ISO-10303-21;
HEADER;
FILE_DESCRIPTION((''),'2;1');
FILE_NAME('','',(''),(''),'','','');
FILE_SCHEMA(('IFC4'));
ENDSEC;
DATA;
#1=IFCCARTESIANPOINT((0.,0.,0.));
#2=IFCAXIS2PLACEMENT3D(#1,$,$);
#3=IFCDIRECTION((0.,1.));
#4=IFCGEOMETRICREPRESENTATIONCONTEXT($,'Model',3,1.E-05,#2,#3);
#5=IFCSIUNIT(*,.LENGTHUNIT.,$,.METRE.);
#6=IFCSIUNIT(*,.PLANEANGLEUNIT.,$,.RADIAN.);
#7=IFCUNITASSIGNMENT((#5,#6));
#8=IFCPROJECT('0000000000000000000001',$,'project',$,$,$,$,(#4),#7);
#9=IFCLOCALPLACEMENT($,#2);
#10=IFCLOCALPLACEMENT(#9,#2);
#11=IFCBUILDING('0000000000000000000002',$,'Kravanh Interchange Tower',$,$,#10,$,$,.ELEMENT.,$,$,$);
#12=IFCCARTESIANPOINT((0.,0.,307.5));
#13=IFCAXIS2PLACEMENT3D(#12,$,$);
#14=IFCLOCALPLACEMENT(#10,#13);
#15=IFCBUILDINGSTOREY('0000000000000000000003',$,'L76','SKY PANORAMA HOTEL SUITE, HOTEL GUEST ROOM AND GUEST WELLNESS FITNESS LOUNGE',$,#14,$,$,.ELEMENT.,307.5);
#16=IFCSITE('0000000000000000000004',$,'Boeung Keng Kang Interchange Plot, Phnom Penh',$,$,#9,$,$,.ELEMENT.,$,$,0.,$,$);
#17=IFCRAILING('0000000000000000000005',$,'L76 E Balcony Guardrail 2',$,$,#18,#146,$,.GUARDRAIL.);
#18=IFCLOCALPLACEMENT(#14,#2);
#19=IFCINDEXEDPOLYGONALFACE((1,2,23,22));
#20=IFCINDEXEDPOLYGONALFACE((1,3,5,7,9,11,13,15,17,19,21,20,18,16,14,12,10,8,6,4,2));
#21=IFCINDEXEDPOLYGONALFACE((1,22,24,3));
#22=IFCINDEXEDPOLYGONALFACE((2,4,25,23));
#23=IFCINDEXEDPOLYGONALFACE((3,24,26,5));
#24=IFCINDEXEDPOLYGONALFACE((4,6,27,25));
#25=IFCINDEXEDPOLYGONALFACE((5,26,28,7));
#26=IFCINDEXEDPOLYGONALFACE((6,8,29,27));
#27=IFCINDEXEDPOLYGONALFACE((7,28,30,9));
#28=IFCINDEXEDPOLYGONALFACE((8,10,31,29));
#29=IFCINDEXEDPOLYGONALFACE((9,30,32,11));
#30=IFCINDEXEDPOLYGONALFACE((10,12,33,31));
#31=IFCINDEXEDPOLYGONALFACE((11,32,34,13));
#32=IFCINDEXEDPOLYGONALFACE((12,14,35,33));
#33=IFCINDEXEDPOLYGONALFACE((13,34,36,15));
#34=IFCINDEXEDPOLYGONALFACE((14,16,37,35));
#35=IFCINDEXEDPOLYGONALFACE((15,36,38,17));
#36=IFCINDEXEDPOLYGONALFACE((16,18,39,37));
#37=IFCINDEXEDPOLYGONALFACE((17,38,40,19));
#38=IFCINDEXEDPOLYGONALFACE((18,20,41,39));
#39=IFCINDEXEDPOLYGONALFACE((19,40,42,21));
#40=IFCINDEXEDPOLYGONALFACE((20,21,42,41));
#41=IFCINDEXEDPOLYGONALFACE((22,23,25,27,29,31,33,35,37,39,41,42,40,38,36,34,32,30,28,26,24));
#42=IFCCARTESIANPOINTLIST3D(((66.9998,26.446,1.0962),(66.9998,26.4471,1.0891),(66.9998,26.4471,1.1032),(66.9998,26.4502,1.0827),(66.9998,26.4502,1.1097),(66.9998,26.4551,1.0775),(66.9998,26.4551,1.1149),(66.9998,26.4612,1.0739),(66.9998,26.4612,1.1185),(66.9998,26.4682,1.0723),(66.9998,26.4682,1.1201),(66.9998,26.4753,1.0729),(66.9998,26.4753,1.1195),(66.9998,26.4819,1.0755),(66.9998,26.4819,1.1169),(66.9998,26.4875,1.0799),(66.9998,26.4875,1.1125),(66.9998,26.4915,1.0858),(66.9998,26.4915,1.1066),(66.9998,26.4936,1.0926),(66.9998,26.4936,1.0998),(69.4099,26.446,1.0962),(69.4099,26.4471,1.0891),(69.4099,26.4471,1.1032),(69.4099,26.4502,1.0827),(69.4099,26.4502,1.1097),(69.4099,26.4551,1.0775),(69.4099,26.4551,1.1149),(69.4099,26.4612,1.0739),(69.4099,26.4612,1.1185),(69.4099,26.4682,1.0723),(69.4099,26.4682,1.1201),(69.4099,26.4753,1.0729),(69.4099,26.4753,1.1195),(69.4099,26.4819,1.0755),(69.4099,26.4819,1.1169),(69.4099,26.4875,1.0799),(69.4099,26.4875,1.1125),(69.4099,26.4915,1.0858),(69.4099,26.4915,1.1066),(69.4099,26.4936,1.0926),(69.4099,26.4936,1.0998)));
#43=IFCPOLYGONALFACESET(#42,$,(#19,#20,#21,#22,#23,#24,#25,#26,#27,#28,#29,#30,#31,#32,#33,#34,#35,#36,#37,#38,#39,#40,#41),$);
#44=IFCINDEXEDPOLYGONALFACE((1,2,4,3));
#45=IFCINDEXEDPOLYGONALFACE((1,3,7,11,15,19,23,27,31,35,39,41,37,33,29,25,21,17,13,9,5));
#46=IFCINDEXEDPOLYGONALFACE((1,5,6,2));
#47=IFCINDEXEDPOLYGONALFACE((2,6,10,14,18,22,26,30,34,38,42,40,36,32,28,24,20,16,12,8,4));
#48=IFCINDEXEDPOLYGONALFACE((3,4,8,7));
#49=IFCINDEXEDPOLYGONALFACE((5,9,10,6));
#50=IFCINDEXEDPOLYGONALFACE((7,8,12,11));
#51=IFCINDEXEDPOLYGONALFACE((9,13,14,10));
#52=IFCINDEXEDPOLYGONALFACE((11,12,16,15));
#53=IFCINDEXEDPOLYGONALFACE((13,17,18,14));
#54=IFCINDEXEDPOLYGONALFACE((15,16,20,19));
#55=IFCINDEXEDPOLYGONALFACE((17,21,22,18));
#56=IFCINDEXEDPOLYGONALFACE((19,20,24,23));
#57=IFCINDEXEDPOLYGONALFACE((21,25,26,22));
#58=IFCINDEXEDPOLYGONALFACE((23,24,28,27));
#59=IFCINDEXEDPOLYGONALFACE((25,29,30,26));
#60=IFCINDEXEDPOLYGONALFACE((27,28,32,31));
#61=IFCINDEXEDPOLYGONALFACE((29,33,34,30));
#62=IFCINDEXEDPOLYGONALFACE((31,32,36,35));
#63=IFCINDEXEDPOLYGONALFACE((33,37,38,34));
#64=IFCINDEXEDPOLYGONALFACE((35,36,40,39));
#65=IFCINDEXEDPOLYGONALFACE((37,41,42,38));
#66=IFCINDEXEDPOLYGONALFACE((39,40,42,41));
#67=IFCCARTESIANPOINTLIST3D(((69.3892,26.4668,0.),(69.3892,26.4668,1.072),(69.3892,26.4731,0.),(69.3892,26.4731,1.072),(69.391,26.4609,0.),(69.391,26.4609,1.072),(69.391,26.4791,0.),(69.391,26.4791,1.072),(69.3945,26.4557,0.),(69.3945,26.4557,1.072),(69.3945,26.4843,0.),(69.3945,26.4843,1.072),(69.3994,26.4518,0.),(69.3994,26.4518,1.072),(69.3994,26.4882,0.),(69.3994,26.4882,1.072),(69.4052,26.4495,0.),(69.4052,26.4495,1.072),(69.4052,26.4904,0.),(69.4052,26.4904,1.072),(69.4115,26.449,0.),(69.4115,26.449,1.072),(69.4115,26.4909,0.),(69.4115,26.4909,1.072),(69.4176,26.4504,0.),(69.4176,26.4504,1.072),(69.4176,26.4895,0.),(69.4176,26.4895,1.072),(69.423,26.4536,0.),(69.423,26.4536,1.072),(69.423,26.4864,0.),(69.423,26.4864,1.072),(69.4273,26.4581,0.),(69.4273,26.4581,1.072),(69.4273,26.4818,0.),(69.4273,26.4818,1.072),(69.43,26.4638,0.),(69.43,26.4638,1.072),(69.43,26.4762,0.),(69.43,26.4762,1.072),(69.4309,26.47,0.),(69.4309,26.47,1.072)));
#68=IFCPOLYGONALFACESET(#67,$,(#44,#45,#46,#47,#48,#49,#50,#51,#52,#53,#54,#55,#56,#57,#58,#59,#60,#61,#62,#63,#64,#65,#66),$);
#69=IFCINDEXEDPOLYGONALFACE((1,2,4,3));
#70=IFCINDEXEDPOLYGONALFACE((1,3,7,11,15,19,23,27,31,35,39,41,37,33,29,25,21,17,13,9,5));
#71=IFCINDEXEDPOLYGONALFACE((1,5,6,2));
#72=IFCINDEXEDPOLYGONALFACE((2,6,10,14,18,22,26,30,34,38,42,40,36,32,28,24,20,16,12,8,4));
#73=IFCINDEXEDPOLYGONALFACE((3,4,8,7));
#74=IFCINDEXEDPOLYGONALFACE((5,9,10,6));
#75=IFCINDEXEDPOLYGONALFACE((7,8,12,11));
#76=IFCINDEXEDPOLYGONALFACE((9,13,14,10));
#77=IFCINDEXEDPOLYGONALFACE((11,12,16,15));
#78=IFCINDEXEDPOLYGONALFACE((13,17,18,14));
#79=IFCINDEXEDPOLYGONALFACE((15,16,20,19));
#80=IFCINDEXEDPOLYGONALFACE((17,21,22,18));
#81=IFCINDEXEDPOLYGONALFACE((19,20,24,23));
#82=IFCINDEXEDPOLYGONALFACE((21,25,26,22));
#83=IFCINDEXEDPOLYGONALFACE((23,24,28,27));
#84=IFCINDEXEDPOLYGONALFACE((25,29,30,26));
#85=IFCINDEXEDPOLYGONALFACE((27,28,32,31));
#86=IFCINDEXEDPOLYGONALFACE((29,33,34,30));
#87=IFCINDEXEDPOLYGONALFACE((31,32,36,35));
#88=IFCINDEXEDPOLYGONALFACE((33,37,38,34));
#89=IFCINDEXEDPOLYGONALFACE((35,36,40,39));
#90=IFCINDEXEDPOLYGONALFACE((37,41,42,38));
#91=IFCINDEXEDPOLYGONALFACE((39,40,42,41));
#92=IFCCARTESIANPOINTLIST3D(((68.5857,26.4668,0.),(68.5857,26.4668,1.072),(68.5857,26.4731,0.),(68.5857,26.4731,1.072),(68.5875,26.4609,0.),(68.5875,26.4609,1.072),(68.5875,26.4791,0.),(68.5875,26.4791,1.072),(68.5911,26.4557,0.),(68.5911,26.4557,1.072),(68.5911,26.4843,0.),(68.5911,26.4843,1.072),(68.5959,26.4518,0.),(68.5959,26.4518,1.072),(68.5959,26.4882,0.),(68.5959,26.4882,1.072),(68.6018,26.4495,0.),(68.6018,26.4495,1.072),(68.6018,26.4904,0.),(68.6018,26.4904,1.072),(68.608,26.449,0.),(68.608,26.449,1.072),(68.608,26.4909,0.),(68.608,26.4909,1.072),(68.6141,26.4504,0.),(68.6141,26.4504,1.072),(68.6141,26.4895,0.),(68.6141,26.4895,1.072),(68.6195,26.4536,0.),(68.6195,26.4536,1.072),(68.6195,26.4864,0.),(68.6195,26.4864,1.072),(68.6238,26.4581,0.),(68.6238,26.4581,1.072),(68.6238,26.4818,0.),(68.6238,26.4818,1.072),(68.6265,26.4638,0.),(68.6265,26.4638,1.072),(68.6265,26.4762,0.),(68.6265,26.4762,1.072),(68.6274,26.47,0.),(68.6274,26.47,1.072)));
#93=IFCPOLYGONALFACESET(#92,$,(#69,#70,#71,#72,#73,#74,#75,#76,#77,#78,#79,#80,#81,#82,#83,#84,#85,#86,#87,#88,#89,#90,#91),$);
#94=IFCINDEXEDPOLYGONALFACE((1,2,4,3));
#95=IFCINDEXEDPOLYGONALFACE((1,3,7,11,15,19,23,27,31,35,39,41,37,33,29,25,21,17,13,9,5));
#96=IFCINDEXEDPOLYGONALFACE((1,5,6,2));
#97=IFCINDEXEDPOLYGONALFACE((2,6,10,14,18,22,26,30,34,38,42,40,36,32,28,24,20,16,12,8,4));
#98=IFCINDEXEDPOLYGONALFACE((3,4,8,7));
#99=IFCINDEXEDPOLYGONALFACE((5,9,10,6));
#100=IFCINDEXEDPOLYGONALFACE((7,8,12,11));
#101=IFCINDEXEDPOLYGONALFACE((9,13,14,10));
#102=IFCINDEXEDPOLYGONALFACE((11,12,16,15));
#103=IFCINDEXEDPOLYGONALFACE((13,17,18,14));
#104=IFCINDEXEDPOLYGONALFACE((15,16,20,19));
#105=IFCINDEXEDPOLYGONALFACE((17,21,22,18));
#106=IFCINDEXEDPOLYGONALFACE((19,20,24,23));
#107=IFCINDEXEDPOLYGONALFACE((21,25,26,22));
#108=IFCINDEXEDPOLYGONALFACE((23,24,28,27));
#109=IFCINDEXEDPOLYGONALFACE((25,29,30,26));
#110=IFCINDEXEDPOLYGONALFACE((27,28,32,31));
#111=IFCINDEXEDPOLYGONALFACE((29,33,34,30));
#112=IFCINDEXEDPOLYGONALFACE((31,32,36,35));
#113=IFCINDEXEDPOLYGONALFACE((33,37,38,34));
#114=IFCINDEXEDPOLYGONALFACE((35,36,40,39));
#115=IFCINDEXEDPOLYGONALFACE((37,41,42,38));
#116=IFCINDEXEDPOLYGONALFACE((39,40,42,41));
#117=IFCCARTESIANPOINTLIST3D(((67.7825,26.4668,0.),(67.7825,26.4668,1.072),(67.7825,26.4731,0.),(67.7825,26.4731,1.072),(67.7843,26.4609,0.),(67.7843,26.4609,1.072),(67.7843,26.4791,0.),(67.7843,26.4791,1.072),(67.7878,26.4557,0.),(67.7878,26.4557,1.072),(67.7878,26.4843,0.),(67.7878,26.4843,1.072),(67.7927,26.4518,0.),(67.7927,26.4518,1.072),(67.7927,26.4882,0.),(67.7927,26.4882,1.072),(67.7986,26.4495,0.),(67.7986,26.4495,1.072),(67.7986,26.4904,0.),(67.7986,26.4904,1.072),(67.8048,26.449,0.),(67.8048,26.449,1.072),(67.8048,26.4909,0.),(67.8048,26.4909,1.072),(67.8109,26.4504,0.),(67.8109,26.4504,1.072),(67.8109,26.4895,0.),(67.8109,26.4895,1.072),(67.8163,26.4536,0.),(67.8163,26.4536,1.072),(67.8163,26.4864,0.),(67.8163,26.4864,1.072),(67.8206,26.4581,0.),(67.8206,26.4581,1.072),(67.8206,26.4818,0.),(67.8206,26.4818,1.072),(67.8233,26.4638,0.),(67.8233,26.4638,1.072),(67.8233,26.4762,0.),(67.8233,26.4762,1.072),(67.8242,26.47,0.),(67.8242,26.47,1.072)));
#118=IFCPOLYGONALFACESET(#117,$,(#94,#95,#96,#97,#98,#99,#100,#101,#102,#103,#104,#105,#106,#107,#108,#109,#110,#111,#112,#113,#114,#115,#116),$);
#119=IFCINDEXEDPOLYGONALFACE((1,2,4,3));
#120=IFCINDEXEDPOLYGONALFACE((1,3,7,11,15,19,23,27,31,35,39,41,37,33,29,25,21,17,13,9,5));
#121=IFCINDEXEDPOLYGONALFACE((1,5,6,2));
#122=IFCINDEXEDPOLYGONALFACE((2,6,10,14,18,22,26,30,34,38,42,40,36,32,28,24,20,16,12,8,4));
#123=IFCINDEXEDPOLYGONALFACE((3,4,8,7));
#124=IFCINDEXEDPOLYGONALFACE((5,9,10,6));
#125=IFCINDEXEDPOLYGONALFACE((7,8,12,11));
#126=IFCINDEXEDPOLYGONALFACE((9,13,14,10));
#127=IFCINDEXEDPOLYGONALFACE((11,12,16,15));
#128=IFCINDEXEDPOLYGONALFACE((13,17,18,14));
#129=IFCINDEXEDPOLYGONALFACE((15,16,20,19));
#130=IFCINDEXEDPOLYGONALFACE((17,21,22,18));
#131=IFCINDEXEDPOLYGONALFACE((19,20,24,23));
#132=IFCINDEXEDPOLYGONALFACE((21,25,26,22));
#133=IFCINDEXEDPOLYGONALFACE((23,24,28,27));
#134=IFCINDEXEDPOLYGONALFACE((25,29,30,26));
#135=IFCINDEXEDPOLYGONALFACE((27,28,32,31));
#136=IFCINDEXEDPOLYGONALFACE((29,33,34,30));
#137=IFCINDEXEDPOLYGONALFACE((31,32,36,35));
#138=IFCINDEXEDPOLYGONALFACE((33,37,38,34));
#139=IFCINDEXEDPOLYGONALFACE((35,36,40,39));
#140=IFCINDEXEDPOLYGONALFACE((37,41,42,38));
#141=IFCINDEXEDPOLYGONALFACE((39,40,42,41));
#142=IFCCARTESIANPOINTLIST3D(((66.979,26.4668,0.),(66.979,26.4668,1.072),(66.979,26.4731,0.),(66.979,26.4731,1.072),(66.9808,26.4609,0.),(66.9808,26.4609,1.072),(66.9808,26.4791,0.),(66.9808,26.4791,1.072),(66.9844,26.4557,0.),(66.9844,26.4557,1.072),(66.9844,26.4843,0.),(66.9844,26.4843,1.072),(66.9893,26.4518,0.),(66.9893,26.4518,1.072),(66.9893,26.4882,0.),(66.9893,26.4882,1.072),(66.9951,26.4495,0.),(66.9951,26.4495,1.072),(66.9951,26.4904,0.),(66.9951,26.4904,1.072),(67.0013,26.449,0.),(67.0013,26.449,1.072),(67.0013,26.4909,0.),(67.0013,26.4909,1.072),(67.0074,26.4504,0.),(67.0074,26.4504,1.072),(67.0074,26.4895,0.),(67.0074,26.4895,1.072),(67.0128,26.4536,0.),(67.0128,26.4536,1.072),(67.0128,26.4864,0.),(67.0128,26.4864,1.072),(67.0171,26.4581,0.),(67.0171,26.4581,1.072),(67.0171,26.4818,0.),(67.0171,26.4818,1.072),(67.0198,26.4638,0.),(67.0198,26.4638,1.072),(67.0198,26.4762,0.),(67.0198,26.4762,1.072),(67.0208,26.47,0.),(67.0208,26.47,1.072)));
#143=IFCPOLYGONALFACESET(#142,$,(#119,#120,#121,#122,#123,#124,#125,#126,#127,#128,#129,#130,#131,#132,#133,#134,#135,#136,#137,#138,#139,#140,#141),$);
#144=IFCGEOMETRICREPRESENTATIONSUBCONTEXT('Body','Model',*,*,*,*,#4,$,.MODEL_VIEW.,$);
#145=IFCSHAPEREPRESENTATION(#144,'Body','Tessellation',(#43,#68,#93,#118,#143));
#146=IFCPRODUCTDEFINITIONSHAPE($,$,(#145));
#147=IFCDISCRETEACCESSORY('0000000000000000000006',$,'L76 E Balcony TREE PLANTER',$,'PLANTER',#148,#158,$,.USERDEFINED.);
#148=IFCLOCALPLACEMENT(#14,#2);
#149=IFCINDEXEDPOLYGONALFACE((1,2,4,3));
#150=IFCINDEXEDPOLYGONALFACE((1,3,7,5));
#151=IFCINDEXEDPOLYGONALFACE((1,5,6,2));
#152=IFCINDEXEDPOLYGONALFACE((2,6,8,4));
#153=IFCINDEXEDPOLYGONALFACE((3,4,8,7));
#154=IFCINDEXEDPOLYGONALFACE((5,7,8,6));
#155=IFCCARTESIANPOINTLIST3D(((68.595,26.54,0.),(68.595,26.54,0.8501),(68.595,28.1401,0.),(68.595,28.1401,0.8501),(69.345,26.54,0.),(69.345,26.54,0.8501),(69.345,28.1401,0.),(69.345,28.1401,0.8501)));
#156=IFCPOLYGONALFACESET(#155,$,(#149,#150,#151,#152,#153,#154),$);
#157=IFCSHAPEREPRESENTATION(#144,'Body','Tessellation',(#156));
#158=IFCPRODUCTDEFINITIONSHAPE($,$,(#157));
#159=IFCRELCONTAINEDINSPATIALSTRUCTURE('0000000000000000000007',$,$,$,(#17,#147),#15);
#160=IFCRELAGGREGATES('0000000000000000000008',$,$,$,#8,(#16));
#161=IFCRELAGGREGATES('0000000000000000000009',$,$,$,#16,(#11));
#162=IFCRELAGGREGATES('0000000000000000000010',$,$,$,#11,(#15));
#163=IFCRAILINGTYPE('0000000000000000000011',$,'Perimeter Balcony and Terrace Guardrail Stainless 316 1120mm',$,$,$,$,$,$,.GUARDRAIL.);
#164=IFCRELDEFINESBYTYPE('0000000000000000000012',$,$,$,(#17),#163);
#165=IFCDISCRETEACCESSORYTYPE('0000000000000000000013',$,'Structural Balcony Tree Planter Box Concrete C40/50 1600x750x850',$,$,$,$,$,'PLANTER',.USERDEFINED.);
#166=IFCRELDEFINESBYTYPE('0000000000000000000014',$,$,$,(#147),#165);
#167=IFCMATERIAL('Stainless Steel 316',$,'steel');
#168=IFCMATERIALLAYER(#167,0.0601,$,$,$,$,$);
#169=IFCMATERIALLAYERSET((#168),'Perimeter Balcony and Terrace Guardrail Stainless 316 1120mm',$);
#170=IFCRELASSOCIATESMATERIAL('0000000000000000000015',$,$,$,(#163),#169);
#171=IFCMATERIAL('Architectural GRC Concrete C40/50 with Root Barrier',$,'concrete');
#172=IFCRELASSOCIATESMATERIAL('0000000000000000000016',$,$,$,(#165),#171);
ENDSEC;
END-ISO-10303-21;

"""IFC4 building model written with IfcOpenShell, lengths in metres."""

from ifc_helpers import new_model, si_unit, direction, frame, origin, origin_2d, place, context, subcontext, project, spatial, rectangle, circle, extrude, material, layer, layer_set, type_object, element, save


model = new_model("IFC4")

# Units and contexts
model_context = context("Model", 3, precision=1e-05, world=origin(), true_north=direction((0.0, 1.0)))
body_context = subcontext(model_context, "Body", "Model", "MODEL_VIEW")
ifc_project = project(units=[si_unit("LENGTHUNIT", "METRE"), si_unit("PLANEANGLEUNIT", "RADIAN")], contexts=[model_context])

# Site, building, storey
site_placement = place(None, origin())
site = spatial("IfcSite", under=ifc_project, at=site_placement, Name="Boeung Keng Kang Interchange Plot, Phnom Penh", CompositionType="ELEMENT", RefElevation=0.0)
building_placement = place(site_placement, origin())
building = spatial("IfcBuilding", under=site, at=building_placement, Name="Kravanh Interchange Tower", CompositionType="ELEMENT")
storey_placement = place(building_placement, frame((0.0, 0.0, 307.5)))
storey = spatial("IfcBuildingStorey", under=building, at=storey_placement, Name="L76", Description="SKY PANORAMA HOTEL SUITE, HOTEL GUEST ROOM AND GUEST WELLNESS FITNESS LOUNGE", CompositionType="ELEMENT", Elevation=307.5)

# Railing
ifc_material_1 = material(Name="Stainless Steel 316", Category="steel")
ifc_layer_1 = layer(ifc_material_1, 0.0601)
ifc_layer_set_1 = layer_set([ifc_layer_1], Name="Perimeter Balcony and Terrace Guardrail Stainless 316 1120mm")
railing_type = type_object("IfcRailingType", Name="Perimeter Balcony and Terrace Guardrail Stainless 316 1120mm", PredefinedType="GUARDRAIL", material=ifc_layer_set_1)
railing_placement = place(storey_placement, frame((69.4099, 26.47, 0.0)))
element("IfcRailing", 1, at=railing_placement, inside=storey, type_object=railing_type, Name="L76 E Balcony Guardrail 2", PredefinedType="GUARDRAIL", context=body_context, shape_type="SweptSolid", body=[
    extrude(circle(Radius=0.0239, at=origin_2d()), frame((0.0, 0.0, 1.0962), z_axis=(-1.0, 0.0, 0.0), x_axis=(0.0, -1.0, 0.0)), (0.0, 0.0, 1.0), 2.4102),
    extrude(circle(Radius=0.021, at=origin_2d()), origin(), (0.0, 0.0, 1.0), 1.072),
    extrude(circle(Radius=0.021, at=origin_2d()), frame((-0.8035, 0.0, 0.0)), (0.0, 0.0, 1.0), 1.072),
    extrude(circle(Radius=0.021, at=origin_2d()), frame((-1.6067, 0.0, 0.0)), (0.0, 0.0, 1.0), 1.072),
    extrude(circle(Radius=0.021, at=origin_2d()), frame((-2.4102, 0.0, 0.0)), (0.0, 0.0, 1.0), 1.072),
])

# Discrete accessory
ifc_material_2 = material(Name="Architectural GRC Concrete C40/50 with Root Barrier", Category="concrete")
discrete_accessory_type = type_object("IfcDiscreteAccessoryType", Name="Structural Balcony Tree Planter Box Concrete C40/50 1600x750x850", ElementType="PLANTER", PredefinedType="USERDEFINED", material=ifc_material_2)
discrete_accessory_placement = place(storey_placement, frame((68.97, 27.3401, 0.0), z_axis=(0.0, 0.0, 1.0), x_axis=(1.0, 0.0, 0.0)))
element("IfcDiscreteAccessory", 2, at=discrete_accessory_placement, inside=storey, type_object=discrete_accessory_type, Name="L76 E Balcony TREE PLANTER", ObjectType="PLANTER", PredefinedType="USERDEFINED", context=body_context, shape_type="SweptSolid", body=[
    extrude(rectangle(XDim=0.75, YDim=1.6001, at=origin_2d()), origin(), (0.0, 0.0, 1.0), 0.8501),
])

save(model, "model.ifc")
